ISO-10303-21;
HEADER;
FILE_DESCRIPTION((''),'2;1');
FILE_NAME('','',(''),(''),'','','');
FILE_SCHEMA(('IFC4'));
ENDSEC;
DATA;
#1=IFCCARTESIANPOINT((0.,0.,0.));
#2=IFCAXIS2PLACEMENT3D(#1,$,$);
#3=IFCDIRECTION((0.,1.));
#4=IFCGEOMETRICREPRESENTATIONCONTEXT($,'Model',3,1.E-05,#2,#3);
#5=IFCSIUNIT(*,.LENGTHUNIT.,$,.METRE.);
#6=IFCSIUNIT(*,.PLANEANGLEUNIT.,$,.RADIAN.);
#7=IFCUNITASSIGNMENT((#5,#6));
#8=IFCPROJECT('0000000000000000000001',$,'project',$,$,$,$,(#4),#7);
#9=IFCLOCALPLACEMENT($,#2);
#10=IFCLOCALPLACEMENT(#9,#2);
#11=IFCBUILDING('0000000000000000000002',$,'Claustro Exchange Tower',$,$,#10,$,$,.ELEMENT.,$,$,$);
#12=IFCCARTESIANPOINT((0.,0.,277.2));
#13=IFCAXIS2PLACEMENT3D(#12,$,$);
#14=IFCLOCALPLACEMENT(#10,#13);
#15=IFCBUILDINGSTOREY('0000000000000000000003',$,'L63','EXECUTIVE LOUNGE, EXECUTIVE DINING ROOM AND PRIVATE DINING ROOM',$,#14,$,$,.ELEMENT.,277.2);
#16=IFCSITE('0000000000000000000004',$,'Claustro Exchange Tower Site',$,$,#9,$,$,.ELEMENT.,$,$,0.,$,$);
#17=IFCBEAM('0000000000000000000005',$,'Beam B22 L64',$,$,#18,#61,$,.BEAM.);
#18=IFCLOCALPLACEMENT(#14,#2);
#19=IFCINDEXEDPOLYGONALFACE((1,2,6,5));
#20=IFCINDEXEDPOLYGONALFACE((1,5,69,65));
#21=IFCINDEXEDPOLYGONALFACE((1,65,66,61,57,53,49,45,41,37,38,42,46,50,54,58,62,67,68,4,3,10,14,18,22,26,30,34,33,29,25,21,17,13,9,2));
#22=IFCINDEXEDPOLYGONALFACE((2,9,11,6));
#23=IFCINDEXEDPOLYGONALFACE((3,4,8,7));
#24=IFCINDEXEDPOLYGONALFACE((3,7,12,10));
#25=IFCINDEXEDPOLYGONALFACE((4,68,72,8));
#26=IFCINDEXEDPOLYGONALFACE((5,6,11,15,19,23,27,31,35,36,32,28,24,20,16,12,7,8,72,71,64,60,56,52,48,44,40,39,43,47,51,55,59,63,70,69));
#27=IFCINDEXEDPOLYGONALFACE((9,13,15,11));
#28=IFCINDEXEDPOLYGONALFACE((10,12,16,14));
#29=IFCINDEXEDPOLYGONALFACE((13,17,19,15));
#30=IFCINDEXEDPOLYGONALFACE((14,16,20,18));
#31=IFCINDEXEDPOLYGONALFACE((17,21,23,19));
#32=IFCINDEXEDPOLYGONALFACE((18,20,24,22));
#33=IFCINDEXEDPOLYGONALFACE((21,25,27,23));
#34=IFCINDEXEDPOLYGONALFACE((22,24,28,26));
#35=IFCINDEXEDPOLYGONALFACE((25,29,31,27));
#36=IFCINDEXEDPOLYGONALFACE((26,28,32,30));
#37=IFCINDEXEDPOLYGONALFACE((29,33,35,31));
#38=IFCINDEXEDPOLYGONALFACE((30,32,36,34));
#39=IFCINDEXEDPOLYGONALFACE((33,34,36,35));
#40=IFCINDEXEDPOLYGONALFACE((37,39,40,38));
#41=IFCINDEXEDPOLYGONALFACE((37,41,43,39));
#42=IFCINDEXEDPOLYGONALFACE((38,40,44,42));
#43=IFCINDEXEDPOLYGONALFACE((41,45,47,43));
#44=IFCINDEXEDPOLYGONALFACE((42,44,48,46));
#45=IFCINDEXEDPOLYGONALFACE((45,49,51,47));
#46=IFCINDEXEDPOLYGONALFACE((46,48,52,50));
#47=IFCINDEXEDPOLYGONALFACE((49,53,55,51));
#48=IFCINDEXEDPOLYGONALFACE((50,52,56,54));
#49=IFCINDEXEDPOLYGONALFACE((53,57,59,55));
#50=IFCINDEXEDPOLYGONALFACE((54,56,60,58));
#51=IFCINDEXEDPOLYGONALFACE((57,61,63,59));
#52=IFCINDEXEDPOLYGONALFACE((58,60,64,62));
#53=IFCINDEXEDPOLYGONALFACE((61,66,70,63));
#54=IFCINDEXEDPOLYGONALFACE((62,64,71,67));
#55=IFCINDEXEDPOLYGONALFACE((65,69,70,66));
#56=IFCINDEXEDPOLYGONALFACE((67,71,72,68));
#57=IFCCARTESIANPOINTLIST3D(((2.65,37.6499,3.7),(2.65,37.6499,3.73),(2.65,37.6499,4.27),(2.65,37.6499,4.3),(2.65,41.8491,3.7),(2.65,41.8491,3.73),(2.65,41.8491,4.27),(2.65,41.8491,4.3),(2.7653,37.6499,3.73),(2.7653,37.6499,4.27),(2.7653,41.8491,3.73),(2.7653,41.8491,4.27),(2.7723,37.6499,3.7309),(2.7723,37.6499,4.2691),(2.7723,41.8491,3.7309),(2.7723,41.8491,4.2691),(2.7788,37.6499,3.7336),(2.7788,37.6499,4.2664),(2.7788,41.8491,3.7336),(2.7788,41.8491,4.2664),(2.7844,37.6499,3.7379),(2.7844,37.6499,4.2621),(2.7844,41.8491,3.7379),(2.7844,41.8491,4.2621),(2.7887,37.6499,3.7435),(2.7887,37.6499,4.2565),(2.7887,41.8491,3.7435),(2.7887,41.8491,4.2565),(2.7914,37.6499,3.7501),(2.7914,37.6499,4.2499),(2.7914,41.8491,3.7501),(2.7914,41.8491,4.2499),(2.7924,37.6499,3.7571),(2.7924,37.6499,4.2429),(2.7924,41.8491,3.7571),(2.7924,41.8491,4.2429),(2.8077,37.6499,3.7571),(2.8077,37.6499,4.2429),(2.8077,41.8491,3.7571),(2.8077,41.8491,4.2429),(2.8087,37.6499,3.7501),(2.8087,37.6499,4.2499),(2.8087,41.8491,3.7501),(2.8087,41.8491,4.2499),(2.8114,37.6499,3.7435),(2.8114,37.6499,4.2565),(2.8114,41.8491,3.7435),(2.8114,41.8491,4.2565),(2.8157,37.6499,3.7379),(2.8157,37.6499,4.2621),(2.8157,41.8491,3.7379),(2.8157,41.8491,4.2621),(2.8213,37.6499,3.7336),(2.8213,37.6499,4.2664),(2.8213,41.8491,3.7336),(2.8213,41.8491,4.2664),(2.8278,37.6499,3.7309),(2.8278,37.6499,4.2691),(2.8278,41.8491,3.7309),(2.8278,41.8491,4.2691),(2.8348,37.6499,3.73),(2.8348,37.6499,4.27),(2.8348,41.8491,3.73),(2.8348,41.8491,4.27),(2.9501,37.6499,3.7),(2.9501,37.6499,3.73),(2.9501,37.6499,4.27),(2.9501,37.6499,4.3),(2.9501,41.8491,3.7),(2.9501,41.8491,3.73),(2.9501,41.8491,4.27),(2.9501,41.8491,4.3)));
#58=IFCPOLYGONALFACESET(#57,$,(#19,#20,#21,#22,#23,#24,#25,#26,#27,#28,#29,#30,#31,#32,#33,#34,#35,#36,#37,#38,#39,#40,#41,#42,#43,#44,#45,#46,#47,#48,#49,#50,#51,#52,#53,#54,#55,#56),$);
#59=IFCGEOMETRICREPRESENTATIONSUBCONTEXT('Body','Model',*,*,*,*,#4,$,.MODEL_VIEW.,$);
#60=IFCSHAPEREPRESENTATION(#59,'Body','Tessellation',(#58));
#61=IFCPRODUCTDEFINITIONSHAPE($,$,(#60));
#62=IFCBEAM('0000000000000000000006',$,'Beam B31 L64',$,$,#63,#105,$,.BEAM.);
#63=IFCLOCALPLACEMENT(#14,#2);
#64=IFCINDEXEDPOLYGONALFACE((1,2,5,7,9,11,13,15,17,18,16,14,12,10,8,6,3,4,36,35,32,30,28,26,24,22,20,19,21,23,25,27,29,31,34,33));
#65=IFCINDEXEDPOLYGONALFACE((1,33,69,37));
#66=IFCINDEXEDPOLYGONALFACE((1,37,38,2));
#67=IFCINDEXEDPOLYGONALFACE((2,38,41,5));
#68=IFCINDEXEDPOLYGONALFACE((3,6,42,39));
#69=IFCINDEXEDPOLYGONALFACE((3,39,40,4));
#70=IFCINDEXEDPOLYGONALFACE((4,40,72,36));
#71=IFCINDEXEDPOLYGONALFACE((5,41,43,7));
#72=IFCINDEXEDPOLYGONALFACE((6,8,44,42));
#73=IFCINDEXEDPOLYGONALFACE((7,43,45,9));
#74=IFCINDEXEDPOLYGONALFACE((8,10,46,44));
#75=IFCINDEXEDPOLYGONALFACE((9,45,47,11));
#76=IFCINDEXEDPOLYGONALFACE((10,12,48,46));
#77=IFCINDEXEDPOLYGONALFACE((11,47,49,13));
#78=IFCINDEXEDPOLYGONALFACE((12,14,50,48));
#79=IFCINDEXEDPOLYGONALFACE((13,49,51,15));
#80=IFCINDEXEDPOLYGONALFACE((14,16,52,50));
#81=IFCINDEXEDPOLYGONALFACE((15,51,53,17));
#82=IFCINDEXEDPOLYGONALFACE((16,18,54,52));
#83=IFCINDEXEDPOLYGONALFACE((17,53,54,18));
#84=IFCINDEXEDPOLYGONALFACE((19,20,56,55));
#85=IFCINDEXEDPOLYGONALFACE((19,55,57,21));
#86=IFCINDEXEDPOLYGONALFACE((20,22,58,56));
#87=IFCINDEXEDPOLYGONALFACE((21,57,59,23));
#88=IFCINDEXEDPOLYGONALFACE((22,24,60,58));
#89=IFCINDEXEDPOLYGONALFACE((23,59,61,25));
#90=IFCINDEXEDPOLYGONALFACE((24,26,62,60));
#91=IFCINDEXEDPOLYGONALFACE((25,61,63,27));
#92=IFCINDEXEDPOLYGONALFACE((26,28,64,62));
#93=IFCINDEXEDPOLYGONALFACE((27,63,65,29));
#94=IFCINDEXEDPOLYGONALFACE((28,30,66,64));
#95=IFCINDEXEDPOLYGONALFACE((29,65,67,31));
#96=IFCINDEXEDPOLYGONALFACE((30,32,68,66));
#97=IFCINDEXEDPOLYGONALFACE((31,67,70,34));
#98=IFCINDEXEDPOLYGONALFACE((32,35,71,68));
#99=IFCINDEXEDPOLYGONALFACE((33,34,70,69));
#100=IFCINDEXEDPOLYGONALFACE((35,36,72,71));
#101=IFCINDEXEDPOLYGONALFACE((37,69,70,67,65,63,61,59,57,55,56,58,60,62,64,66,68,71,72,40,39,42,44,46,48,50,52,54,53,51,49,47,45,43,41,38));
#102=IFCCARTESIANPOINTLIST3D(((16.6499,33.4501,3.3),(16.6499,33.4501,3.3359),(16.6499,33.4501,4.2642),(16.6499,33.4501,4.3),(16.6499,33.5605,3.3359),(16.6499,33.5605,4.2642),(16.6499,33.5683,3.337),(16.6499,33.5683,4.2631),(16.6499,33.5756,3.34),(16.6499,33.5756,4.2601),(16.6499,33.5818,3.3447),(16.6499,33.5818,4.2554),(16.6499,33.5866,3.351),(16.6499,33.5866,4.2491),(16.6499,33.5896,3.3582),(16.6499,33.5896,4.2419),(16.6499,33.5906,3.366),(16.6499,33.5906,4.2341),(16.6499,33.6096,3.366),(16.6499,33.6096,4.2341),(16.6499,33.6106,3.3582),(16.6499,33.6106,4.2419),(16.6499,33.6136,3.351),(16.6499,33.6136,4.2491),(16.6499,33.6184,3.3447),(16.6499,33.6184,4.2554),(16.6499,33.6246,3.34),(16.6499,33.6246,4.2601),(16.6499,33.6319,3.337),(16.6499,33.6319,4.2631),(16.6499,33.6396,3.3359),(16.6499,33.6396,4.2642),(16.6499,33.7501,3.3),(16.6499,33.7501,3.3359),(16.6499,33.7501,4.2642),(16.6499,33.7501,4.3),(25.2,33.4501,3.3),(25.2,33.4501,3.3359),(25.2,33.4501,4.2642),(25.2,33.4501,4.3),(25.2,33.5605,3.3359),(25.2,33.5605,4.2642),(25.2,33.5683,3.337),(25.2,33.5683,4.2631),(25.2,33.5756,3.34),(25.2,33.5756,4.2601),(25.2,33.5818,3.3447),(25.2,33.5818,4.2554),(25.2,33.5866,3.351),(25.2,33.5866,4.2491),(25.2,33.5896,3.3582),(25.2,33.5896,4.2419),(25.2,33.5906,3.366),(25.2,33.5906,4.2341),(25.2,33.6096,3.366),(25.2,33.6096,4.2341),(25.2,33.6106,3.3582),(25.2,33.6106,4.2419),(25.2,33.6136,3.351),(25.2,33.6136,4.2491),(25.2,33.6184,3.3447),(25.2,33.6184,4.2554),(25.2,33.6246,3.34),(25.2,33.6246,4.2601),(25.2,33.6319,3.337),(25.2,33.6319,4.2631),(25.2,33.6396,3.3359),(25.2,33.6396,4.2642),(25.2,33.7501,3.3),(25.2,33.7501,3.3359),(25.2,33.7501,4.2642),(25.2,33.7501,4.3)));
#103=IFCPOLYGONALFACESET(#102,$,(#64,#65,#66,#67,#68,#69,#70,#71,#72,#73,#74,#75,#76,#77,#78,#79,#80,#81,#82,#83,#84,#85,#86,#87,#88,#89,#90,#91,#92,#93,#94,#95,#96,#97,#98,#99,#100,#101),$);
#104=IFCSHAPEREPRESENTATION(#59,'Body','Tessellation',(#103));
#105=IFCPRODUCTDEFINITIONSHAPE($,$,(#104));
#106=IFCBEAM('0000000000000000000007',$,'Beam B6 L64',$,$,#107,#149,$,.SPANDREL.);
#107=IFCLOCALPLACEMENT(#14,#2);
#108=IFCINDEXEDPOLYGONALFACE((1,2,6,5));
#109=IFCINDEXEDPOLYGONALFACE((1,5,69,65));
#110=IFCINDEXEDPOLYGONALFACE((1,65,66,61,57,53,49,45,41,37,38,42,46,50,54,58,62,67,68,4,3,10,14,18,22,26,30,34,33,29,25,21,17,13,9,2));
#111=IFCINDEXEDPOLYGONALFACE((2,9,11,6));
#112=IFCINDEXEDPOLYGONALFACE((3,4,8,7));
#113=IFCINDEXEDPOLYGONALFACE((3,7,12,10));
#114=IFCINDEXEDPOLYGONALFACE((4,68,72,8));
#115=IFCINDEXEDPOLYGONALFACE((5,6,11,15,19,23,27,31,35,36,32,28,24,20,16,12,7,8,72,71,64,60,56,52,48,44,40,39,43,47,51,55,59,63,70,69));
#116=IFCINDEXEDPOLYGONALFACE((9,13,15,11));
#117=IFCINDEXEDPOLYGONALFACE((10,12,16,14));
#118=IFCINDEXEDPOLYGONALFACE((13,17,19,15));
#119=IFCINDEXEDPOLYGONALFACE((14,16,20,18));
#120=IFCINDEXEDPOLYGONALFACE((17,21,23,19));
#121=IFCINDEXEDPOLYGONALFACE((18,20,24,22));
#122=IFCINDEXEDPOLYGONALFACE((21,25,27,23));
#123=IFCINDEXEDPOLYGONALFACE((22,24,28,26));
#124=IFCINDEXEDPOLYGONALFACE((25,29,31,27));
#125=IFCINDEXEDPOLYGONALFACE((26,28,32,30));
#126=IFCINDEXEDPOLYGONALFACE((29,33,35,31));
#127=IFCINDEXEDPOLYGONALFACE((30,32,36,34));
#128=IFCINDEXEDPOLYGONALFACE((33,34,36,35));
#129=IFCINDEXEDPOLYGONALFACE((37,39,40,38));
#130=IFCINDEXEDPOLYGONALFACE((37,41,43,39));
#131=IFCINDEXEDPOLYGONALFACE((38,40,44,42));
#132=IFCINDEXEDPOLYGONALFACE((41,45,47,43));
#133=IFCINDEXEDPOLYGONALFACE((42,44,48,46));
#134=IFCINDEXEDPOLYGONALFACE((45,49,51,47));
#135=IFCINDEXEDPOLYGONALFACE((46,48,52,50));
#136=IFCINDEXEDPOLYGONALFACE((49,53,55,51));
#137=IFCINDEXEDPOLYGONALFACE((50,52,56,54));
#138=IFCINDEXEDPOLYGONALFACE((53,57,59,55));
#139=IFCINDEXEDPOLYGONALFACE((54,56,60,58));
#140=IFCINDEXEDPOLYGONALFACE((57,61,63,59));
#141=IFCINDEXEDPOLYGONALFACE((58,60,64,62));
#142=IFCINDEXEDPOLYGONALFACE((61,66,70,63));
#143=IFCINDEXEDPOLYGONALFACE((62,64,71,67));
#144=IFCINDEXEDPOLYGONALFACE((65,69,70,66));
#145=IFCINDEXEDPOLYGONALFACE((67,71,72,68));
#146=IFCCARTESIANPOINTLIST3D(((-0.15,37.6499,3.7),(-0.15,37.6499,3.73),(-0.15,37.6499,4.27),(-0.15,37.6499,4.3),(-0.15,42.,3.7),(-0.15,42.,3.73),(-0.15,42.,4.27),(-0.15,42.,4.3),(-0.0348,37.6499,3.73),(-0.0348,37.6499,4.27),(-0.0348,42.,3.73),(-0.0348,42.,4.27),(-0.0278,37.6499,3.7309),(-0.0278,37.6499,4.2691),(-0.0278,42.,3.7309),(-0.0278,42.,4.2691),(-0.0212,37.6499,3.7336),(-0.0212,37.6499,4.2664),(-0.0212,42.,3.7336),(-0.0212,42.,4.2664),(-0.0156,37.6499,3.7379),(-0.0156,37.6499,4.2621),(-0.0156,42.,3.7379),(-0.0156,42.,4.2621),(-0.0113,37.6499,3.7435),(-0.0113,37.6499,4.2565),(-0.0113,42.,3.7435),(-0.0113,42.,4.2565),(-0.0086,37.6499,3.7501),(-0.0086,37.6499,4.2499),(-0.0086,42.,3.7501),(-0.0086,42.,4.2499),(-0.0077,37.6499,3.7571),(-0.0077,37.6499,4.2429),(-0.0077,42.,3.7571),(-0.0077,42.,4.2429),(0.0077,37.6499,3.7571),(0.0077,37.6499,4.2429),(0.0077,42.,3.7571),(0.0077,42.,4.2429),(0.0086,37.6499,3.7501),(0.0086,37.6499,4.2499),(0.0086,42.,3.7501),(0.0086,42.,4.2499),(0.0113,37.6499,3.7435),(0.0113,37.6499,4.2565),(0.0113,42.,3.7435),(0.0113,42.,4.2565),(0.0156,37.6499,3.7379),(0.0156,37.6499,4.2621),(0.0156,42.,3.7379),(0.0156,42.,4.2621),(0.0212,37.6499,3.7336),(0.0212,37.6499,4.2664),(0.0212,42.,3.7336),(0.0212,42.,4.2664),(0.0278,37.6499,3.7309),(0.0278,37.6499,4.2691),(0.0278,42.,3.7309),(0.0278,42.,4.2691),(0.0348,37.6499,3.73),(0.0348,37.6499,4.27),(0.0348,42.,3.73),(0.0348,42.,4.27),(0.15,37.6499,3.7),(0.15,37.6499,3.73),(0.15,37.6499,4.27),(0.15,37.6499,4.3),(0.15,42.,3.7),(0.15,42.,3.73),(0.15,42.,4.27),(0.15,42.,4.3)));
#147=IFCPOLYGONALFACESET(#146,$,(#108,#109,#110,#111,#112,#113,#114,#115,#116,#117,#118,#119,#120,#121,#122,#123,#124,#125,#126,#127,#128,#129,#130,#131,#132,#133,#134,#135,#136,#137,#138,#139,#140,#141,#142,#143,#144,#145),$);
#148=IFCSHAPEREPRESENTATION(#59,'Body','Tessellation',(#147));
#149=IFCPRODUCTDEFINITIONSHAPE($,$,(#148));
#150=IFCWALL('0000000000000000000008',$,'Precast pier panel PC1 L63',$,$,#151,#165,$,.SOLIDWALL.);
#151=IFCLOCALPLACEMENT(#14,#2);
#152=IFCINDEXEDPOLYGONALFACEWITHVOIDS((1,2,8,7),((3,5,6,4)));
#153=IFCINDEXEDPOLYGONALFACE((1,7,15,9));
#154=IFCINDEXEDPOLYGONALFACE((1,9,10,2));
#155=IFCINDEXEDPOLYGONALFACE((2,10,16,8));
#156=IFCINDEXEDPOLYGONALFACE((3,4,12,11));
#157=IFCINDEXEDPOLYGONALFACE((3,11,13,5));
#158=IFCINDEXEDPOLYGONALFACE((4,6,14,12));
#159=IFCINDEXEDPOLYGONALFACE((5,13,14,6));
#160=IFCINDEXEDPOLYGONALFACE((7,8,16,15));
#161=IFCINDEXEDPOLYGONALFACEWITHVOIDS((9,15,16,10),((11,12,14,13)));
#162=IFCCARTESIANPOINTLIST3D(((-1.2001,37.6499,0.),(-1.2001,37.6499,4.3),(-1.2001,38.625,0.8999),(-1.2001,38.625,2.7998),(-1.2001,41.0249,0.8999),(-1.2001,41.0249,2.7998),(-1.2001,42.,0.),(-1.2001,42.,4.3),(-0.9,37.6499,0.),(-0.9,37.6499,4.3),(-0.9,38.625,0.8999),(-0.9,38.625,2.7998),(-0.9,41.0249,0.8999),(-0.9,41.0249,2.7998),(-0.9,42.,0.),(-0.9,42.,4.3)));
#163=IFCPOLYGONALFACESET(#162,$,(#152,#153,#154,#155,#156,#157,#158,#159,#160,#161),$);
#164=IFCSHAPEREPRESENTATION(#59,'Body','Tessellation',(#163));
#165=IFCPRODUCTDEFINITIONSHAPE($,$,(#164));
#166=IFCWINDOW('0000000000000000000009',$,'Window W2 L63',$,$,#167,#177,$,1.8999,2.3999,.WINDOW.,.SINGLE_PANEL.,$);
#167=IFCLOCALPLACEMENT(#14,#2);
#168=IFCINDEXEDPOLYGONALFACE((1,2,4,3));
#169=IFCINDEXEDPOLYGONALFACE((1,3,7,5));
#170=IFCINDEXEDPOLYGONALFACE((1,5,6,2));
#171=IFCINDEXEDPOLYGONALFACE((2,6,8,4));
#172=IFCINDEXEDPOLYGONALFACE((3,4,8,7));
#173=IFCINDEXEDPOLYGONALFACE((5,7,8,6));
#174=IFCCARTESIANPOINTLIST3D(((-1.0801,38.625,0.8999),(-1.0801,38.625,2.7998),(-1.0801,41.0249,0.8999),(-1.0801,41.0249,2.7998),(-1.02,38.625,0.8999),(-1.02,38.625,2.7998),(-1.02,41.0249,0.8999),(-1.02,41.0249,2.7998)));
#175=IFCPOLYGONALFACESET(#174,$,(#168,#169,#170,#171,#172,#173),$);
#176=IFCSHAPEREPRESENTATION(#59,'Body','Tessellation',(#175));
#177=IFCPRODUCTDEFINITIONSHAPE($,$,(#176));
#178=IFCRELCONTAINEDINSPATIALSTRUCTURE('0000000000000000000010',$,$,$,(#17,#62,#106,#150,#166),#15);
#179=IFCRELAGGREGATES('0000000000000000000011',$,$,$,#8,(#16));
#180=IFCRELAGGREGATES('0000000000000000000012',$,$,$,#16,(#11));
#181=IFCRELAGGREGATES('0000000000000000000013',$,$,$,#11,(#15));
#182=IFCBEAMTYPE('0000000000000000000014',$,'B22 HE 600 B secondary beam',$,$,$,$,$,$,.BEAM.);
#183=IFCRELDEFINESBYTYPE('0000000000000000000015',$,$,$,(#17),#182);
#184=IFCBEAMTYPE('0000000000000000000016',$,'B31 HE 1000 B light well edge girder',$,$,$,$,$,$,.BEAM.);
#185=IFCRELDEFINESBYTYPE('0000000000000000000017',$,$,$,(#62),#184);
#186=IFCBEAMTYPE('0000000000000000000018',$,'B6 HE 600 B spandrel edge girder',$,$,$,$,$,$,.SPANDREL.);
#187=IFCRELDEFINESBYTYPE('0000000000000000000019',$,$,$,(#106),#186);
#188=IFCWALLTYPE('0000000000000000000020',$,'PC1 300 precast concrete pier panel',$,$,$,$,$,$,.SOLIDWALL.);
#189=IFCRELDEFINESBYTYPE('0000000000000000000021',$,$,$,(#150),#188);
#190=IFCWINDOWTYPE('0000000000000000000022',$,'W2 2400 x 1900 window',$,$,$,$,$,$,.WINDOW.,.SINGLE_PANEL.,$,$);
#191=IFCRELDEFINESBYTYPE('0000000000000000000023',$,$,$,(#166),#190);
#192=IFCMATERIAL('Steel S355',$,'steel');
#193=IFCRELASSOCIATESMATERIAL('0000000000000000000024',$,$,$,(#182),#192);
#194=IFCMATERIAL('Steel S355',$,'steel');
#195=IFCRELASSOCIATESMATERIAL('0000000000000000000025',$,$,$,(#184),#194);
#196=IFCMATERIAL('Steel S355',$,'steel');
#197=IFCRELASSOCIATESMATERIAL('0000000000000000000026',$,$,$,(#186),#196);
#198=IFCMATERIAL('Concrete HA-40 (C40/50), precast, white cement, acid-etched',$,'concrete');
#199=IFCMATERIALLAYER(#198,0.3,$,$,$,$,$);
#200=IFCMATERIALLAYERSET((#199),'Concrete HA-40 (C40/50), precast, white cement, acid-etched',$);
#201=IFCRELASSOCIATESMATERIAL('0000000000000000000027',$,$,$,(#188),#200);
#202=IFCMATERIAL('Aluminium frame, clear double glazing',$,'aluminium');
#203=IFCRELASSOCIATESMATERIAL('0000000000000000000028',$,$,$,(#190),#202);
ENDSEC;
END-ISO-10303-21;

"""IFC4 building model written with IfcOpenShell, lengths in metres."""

from ifc_helpers import new_model, si_unit, direction, frame, frame_2d, origin, origin_2d, place, context, subcontext, project, spatial, rectangle, i_section, extrude, material, layer, layer_set, material_profile, profile_set, type_object, element, fill, save


model = new_model("IFC4")

# Units and contexts
model_context = context("Model", 3, precision=1e-05, world=origin(), true_north=direction((0.0, 1.0)))
body_context = subcontext(model_context, "Body", "Model", "MODEL_VIEW")
ifc_project = project(units=[si_unit("LENGTHUNIT", "METRE"), si_unit("PLANEANGLEUNIT", "RADIAN")], contexts=[model_context])

# Site, building, storey
site_placement = place(None, origin())
site = spatial("IfcSite", under=ifc_project, at=site_placement, Name="Claustro Exchange Tower Site", CompositionType="ELEMENT", RefElevation=0.0)
building_placement = place(site_placement, origin())
building = spatial("IfcBuilding", under=site, at=building_placement, Name="Claustro Exchange Tower", CompositionType="ELEMENT")
storey_placement = place(building_placement, frame((0.0, 0.0, 277.2)))
storey = spatial("IfcBuildingStorey", under=building, at=storey_placement, Name="L63", Description="EXECUTIVE LOUNGE, EXECUTIVE DINING ROOM AND PRIVATE DINING ROOM", CompositionType="ELEMENT", Elevation=277.2)

# Beams
ifc_material_1 = material(Name="Steel S355", Category="steel")
ifc_material_profile_1 = material_profile(ifc_material_1, i_section(OverallWidth=0.3, OverallDepth=0.6001, WebThickness=0.0154, FlangeThickness=0.03, FilletRadius=0.0271, at=origin_2d()), Name="HE 600 B")
ifc_profile_set_1 = profile_set([ifc_material_profile_1], Name="Steel S355")
beam_type_1 = type_object("IfcBeamType", Name="B22 HE 600 B secondary beam", PredefinedType="BEAM", material=ifc_profile_set_1)
beam_1_placement = place(storey_placement, frame((2.8, 37.6499, 4.0), z_axis=(0.0, 1.0, 0.0), x_axis=(-1.0, 0.0, 0.0)))
element("IfcBeam", 1, at=beam_1_placement, inside=storey, type_object=beam_type_1, Name="Beam B22 L64", PredefinedType="BEAM", context=body_context, shape_type="SweptSolid", body=[
    extrude(i_section(OverallWidth=0.3, OverallDepth=0.6001, WebThickness=0.0154, FlangeThickness=0.03, FilletRadius=0.0271, at=origin_2d()), origin(), (0.0, 0.0, 1.0), 4.1992),
])
ifc_material_2 = material(Name="Steel S355", Category="steel")
ifc_material_profile_2 = material_profile(ifc_material_2, i_section(OverallWidth=0.3, OverallDepth=1.0, WebThickness=0.019, FlangeThickness=0.0359, FilletRadius=0.03, at=origin_2d()), Name="HE 1000 B")
ifc_profile_set_2 = profile_set([ifc_material_profile_2], Name="Steel S355")
beam_type_2 = type_object("IfcBeamType", Name="B31 HE 1000 B light well edge girder", PredefinedType="BEAM", material=ifc_profile_set_2)
beam_2_placement = place(storey_placement, frame((16.6499, 33.6001, 3.8), z_axis=(1.0, 0.0, 0.0), x_axis=(0.0, 1.0, 0.0)))
element("IfcBeam", 2, at=beam_2_placement, inside=storey, type_object=beam_type_2, Name="Beam B31 L64", PredefinedType="BEAM", context=body_context, shape_type="SweptSolid", body=[
    extrude(i_section(OverallWidth=0.3, OverallDepth=1.0, WebThickness=0.019, FlangeThickness=0.0359, FilletRadius=0.03, at=origin_2d()), origin(), (0.0, 0.0, 1.0), 8.55),
])
ifc_material_3 = material(Name="Steel S355", Category="steel")
ifc_material_profile_3 = material_profile(ifc_material_3, i_section(OverallWidth=0.3, OverallDepth=0.6001, WebThickness=0.0154, FlangeThickness=0.03, FilletRadius=0.0271, at=origin_2d()), Name="HE 600 B")
ifc_profile_set_3 = profile_set([ifc_material_profile_3], Name="Steel S355")
beam_type_3 = type_object("IfcBeamType", Name="B6 HE 600 B spandrel edge girder", PredefinedType="SPANDREL", material=ifc_profile_set_3)
beam_3_placement = place(storey_placement, frame((0.0, 37.6499, 4.0), z_axis=(0.0, 1.0, 0.0), x_axis=(-1.0, 0.0, 0.0)))
element("IfcBeam", 3, at=beam_3_placement, inside=storey, type_object=beam_type_3, Name="Beam B6 L64", PredefinedType="SPANDREL", context=body_context, shape_type="SweptSolid", body=[
    extrude(i_section(OverallWidth=0.3, OverallDepth=0.6001, WebThickness=0.0154, FlangeThickness=0.03, FilletRadius=0.0271, at=origin_2d()), origin(), (0.0, 0.0, 1.0), 4.3501),
])

# Wall, opening, window
ifc_material_4 = material(Name="Concrete HA-40 (C40/50), precast, white cement, acid-etched", Category="concrete")
ifc_layer_1 = layer(ifc_material_4, 0.3)
ifc_layer_set_1 = layer_set([ifc_layer_1], Name="Concrete HA-40 (C40/50), precast, white cement, acid-etched")
wall_type_1 = type_object("IfcWallType", Name="PC1 300 precast concrete pier panel", PredefinedType="SOLIDWALL", material=ifc_layer_set_1)
wall_1_placement = place(storey_placement, frame((-1.05, 37.6499, 0.0), z_axis=(0.0, 0.0, 1.0), x_axis=(0.0, 1.0, 0.0)))
wall_1 = element("IfcWall", 4, at=wall_1_placement, inside=storey, type_object=wall_type_1, Name="Precast pier panel PC1 L63", PredefinedType="SOLIDWALL", context=body_context, shape_type="SweptSolid", body=[
    extrude(rectangle(XDim=4.3501, YDim=0.3, at=frame_2d((2.175, 0.0))), origin(), (0.0, 0.0, 1.0), 4.3),
])
opening_1_placement = place(wall_1_placement, frame((0.9751, 0.0, 0.8999)))
opening_1 = element("IfcOpeningElement", 5, at=opening_1_placement, cuts=wall_1, PredefinedType="OPENING", context=body_context, shape_type="SweptSolid", body=[
    extrude(rectangle(XDim=2.3999, YDim=1.8999, at=frame_2d((1.2, 0.95))), frame((0.0, 0.1599, 0.0), z_axis=(0.0, -1.0, 0.0), x_axis=(1.0, 0.0, 0.0)), (0.0, 0.0, 1.0), 0.3201),
])
ifc_material_5 = material(Name="Aluminium frame, clear double glazing", Category="aluminium")
window_type_1 = type_object("IfcWindowType", Name="W2 2400 x 1900 window", PartitioningType="SINGLE_PANEL", PredefinedType="WINDOW", material=ifc_material_5)
window_1_placement = place(opening_1_placement, origin())
window_1 = element("IfcWindow", 6, at=window_1_placement, inside=storey, type_object=window_type_1, Name="Window W2 L63", OverallHeight=1.8999, OverallWidth=2.3999, PartitioningType="SINGLE_PANEL", PredefinedType="WINDOW", context=body_context, shape_type="SweptSolid", body=[
    extrude(rectangle(XDim=2.3999, YDim=1.8999, at=frame_2d((1.2, 0.95))), frame((0.0, 0.03, 0.0), z_axis=(0.0, -1.0, 0.0), x_axis=(1.0, 0.0, 0.0)), (0.0, 0.0, 1.0), 0.0601),
])
fill(opening_1, window_1)

save(model, "model.ifc")
